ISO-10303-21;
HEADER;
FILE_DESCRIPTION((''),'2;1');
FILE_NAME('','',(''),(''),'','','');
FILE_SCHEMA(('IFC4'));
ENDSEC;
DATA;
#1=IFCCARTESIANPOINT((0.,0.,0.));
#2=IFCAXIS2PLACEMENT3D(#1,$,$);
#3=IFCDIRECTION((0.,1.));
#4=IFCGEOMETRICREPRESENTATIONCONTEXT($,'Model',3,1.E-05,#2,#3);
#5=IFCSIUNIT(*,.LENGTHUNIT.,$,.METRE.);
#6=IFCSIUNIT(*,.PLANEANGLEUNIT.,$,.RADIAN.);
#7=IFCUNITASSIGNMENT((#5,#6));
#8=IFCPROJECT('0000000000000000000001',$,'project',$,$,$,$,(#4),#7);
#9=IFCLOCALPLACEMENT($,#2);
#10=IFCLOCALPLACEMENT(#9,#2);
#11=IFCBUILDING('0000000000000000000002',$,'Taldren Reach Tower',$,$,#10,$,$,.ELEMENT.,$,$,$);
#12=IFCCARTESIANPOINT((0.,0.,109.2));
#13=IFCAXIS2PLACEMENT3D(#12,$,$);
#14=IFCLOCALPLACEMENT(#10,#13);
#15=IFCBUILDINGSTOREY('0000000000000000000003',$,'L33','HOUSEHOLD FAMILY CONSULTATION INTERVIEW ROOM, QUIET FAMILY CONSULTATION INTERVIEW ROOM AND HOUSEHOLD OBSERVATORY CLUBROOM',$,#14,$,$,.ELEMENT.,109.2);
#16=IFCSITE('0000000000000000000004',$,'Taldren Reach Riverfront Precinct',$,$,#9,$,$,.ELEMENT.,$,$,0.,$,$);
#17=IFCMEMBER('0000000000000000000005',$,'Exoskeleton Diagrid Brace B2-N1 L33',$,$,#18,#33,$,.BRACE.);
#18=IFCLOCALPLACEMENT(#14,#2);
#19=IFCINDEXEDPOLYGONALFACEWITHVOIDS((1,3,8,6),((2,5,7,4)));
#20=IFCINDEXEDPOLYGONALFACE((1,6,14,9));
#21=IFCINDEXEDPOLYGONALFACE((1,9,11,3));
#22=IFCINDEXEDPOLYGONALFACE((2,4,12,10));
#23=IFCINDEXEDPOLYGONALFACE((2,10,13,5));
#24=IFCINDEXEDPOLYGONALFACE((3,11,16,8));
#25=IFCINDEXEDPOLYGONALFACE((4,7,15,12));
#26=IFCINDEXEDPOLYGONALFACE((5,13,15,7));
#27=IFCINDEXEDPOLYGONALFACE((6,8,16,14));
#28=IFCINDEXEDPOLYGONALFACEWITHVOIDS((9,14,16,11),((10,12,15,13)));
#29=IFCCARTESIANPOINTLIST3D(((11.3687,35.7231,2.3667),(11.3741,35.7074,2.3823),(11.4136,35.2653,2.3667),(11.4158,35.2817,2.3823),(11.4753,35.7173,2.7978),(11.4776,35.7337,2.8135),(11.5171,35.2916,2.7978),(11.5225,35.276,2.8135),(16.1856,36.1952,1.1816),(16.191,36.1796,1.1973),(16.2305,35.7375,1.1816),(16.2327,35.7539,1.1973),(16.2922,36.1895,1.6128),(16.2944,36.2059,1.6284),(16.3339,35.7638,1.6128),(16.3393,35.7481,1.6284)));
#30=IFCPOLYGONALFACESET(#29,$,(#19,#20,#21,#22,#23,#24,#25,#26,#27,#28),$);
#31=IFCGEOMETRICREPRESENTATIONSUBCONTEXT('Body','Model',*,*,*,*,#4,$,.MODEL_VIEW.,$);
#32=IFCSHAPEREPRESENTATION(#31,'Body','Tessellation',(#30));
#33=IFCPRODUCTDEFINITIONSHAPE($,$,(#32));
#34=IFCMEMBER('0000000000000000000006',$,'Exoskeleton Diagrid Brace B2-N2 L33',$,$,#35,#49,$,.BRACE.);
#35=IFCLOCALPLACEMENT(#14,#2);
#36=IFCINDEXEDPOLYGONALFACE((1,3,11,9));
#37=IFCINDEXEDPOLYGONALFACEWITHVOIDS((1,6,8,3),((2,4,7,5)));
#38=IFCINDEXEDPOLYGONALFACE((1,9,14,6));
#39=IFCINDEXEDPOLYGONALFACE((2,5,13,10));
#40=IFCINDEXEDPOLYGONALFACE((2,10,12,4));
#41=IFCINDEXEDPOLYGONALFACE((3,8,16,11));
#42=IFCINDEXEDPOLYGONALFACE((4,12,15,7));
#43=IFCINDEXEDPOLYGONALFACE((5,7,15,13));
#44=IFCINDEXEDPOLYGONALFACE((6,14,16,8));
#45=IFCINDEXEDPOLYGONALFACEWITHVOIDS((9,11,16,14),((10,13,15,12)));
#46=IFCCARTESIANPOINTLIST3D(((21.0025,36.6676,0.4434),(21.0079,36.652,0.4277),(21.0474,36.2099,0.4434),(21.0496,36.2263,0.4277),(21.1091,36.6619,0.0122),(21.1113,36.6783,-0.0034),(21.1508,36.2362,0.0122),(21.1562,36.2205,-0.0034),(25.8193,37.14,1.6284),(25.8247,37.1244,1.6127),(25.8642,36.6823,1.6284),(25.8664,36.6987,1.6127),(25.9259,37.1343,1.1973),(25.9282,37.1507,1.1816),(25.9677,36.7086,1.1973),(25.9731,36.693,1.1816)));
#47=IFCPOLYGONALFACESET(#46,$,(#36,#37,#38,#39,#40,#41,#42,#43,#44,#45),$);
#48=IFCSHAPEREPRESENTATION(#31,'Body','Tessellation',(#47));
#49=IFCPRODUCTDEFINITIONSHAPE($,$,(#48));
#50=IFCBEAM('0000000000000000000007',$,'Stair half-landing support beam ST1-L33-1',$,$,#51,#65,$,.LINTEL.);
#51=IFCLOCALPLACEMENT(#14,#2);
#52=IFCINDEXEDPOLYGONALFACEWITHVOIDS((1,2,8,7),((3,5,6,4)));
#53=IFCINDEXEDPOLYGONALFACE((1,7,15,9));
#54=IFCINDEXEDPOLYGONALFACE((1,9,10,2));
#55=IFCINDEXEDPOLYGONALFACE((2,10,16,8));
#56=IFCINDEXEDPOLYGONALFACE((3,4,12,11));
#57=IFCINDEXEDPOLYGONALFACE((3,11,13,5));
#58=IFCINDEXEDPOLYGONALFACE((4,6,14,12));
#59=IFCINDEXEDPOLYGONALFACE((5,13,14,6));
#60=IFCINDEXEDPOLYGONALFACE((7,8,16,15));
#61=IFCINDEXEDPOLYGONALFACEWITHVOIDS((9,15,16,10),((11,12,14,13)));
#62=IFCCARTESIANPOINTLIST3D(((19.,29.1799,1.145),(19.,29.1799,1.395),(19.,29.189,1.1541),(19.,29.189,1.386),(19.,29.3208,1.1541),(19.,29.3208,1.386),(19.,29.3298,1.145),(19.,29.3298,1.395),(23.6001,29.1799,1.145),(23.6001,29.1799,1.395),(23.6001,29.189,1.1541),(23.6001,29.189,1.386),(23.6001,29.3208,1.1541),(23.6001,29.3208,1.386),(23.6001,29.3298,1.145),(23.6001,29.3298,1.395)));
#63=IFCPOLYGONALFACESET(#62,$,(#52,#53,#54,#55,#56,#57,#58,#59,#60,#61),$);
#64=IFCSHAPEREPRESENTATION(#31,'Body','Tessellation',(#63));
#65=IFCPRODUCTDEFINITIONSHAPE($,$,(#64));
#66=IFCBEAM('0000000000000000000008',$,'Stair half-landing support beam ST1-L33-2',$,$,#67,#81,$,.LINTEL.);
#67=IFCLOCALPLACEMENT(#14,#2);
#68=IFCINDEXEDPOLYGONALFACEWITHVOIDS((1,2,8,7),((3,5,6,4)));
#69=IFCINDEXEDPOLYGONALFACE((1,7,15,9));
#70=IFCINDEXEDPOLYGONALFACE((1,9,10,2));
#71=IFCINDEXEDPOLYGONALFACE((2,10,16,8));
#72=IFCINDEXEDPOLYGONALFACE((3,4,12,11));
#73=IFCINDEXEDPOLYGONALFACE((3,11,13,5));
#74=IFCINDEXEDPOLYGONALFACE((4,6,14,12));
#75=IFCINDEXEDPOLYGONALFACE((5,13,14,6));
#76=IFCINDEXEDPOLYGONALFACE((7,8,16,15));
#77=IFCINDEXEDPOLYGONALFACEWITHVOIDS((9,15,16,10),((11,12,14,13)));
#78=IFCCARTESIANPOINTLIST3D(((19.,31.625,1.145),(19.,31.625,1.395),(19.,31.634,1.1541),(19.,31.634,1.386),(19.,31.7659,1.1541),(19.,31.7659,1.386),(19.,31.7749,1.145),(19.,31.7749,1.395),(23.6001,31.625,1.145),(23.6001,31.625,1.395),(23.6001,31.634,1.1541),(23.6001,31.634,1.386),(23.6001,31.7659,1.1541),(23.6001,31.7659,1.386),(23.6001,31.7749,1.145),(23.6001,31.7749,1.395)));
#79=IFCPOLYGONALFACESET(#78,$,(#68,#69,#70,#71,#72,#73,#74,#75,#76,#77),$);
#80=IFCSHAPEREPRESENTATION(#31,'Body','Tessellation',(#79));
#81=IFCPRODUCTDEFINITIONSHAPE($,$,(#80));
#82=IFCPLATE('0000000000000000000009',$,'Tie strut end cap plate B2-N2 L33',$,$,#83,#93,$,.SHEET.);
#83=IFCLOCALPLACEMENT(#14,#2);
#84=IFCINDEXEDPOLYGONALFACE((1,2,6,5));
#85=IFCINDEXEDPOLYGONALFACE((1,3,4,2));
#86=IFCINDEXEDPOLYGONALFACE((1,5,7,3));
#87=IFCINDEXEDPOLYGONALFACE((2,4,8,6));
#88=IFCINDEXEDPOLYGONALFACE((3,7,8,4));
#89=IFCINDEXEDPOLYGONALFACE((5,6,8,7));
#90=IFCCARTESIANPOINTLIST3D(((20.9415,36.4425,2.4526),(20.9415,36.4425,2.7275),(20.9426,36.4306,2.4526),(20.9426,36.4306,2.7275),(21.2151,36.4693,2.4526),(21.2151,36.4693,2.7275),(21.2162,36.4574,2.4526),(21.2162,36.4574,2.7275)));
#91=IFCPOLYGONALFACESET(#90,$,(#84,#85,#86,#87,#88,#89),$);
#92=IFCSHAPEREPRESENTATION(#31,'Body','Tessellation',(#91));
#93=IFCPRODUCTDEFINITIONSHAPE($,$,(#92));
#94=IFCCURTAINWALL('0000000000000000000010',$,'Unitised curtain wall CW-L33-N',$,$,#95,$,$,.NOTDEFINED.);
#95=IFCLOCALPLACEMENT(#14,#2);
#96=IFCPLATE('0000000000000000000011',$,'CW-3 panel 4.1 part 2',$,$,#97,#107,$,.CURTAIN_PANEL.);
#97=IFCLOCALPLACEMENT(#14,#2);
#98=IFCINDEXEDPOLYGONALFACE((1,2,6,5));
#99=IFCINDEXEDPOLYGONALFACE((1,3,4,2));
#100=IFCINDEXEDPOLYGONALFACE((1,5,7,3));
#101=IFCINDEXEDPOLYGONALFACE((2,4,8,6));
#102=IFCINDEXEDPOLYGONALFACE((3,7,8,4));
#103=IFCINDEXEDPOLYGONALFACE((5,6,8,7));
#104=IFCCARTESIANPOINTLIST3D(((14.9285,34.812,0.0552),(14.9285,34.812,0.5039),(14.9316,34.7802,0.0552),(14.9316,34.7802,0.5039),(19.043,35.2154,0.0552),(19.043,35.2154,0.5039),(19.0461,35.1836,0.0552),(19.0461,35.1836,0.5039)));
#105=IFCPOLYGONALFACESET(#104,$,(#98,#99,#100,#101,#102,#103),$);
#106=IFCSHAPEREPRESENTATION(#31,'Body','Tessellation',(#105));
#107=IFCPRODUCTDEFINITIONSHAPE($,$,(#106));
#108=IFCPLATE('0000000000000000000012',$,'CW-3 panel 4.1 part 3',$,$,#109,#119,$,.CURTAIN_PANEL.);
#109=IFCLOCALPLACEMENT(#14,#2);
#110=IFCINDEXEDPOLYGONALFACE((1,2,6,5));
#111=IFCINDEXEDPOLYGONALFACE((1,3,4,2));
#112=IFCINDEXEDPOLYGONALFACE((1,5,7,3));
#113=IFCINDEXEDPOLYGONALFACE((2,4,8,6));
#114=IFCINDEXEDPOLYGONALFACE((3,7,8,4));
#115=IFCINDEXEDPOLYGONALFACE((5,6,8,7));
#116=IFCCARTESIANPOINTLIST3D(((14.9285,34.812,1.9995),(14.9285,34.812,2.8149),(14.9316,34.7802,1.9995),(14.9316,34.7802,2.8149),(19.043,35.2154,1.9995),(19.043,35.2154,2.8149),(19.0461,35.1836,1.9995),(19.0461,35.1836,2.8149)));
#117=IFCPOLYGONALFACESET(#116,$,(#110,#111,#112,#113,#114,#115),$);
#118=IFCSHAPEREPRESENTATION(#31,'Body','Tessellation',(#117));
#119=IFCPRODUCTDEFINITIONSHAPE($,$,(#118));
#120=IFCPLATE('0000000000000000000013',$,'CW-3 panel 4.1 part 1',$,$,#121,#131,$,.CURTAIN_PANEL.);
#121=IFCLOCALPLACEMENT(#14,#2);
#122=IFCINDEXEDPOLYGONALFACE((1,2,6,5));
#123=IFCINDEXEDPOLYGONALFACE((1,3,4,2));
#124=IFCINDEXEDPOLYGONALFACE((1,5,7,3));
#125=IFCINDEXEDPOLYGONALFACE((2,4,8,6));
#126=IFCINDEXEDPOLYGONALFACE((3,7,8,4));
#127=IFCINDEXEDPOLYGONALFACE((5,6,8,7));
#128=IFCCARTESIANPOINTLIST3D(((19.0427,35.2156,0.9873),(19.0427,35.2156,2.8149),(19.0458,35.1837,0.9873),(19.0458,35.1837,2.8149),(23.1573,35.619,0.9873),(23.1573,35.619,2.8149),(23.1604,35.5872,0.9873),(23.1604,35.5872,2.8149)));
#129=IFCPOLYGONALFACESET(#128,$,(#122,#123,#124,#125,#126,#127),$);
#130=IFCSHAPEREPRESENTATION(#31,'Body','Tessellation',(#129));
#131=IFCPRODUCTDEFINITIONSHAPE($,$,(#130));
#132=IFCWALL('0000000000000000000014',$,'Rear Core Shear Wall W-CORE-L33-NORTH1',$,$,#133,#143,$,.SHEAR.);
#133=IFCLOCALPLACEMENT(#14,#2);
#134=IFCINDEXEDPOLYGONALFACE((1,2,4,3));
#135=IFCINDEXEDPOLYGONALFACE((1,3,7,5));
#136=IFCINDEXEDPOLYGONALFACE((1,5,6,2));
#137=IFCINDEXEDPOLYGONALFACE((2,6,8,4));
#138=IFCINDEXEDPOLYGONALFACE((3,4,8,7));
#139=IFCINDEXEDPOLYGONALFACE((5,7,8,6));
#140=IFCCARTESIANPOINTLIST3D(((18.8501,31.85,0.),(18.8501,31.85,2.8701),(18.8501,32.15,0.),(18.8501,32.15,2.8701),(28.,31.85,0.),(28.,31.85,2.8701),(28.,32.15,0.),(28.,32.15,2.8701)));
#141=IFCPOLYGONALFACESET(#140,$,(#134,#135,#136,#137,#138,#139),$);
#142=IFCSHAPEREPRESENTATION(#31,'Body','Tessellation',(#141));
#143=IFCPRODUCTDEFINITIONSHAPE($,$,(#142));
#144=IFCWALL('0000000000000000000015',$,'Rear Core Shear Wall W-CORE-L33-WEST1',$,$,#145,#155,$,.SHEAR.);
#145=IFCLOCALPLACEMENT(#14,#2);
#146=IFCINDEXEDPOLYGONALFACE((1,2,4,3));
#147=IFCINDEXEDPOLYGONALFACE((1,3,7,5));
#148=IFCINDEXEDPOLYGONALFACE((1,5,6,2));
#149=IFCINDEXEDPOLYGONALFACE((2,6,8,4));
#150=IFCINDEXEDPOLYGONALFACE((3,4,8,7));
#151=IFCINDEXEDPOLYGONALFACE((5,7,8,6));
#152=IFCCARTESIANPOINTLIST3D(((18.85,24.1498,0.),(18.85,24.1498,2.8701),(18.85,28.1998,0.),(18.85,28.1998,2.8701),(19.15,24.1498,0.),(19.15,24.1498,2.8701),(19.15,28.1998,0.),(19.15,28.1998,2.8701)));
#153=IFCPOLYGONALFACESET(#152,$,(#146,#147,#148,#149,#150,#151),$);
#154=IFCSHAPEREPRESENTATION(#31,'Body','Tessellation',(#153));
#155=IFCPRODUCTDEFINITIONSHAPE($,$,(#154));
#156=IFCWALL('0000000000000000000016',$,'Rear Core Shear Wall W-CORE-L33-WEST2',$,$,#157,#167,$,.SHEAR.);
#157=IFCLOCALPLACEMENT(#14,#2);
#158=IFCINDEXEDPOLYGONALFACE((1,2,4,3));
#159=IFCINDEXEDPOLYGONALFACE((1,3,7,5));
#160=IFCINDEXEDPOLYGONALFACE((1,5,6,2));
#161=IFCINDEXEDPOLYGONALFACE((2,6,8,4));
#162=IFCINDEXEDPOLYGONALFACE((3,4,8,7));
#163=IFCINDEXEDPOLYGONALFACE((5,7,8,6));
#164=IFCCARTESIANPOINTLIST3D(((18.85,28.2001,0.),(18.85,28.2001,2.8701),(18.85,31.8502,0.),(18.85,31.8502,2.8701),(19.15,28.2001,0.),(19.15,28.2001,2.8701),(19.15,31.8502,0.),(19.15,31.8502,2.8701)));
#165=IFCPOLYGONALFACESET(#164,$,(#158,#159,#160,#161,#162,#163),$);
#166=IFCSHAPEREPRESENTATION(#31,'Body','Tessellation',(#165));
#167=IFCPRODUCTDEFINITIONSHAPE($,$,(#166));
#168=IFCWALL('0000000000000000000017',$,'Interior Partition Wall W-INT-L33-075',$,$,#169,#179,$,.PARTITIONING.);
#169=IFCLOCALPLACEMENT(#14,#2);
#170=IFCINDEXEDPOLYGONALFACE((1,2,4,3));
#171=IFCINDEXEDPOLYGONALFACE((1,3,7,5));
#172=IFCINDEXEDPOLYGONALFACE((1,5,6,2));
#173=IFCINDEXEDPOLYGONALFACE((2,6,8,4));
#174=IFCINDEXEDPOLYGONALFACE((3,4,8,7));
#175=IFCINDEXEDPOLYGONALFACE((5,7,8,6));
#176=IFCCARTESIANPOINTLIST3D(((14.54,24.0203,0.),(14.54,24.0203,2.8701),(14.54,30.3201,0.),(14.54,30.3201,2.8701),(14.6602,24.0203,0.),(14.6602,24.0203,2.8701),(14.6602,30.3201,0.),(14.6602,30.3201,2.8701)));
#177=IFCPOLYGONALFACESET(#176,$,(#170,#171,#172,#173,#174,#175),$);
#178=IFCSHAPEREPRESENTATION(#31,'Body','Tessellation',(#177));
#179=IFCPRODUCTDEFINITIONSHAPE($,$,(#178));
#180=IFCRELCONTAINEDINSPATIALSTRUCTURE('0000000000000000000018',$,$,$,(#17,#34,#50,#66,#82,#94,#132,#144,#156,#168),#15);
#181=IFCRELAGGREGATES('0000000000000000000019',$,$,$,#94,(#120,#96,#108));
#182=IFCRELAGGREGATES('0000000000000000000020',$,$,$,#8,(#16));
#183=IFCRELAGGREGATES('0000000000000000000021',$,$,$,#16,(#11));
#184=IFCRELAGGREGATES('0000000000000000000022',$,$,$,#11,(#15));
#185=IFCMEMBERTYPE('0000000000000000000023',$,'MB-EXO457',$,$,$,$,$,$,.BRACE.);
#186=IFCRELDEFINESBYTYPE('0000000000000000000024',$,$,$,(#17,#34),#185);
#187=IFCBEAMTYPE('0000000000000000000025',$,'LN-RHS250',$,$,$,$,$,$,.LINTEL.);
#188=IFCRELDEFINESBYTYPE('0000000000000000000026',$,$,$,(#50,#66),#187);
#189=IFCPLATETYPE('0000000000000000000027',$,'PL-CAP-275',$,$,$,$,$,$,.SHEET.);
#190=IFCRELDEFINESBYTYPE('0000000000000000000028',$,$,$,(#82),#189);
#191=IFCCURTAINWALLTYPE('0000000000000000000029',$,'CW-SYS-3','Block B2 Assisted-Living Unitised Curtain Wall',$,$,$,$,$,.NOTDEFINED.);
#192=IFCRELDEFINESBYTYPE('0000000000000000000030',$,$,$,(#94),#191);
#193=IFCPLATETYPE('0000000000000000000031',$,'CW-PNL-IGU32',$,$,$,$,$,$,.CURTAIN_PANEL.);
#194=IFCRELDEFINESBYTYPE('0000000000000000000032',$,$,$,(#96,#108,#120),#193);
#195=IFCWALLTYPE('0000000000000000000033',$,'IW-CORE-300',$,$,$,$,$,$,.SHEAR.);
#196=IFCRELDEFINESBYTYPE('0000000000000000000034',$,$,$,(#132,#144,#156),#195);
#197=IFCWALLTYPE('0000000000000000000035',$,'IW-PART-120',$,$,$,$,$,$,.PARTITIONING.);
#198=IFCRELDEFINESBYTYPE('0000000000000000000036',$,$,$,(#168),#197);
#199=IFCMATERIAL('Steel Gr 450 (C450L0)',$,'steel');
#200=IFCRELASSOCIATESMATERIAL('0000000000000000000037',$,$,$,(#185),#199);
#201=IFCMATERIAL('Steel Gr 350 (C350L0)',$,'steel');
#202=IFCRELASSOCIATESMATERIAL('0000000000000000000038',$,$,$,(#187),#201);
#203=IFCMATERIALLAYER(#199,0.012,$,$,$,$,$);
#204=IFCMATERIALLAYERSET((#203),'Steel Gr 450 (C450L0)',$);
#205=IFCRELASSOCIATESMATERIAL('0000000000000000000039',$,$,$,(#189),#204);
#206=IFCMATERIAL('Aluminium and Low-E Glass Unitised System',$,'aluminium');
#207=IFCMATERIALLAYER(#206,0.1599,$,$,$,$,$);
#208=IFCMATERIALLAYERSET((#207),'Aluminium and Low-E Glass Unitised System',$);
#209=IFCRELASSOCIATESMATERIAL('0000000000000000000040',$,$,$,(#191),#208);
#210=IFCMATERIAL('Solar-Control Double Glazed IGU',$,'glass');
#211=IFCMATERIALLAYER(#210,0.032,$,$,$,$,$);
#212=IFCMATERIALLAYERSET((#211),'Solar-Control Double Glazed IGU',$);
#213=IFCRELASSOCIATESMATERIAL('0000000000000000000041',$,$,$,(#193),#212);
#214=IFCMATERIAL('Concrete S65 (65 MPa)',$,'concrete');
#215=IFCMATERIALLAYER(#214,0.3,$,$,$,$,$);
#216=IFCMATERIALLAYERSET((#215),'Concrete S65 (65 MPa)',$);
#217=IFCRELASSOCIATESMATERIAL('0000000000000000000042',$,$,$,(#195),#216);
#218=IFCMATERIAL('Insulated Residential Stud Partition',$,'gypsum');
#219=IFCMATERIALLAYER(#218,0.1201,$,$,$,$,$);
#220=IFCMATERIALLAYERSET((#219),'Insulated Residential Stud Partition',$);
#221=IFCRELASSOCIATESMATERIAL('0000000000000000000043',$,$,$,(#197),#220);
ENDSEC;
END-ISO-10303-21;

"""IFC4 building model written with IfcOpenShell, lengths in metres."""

from ifc_helpers import new_model, si_unit, direction, frame, frame_2d, origin, origin_2d, place, context, subcontext, project, spatial, rectangle, hollow_rectangle, extrude, source, transform, mapped, material, layer, layer_set, material_profile, profile_set, type_object, element, aggregate, save


model = new_model("IFC4")

# Units and contexts
model_context = context("Model", 3, precision=1e-05, world=origin(), true_north=direction((0.0, 1.0)))
body_context = subcontext(model_context, "Body", "Model", "MODEL_VIEW")
ifc_project = project(units=[si_unit("LENGTHUNIT", "METRE"), si_unit("PLANEANGLEUNIT", "RADIAN")], contexts=[model_context])

# Site, building, storey
site_placement = place(None, origin())
site = spatial("IfcSite", under=ifc_project, at=site_placement, Name="Taldren Reach Riverfront Precinct", CompositionType="ELEMENT", RefElevation=0.0)
building_placement = place(site_placement, origin())
building = spatial("IfcBuilding", under=site, at=building_placement, Name="Taldren Reach Tower", CompositionType="ELEMENT")
storey_placement = place(building_placement, frame((0.0, 0.0, 109.2)))
storey = spatial("IfcBuildingStorey", under=building, at=storey_placement, Name="L33", Description="HOUSEHOLD FAMILY CONSULTATION INTERVIEW ROOM, QUIET FAMILY CONSULTATION INTERVIEW ROOM AND HOUSEHOLD OBSERVATORY CLUBROOM", CompositionType="ELEMENT", Elevation=109.2)

# Shared definitions
ifc_material_1 = material(Name="Concrete S65 (65 MPa)", Category="concrete")

# Members
ifc_material_2 = material(Name="Steel Gr 350 (C350L0)", Category="steel")
ifc_material_3 = material(Name="Steel Gr 450 (C450L0)", Category="steel")
ifc_material_profile_1 = material_profile(ifc_material_3, hollow_rectangle(XDim=0.46, YDim=0.46, WallThickness=0.0161, at=origin_2d()), Name="460x460x16.0SHS")
ifc_profile_set_1 = profile_set([ifc_material_profile_1], Name="Steel Gr 450 (C450L0)")
member_type_1 = type_object("IfcMemberType", Name="MB-EXO457", PredefinedType="BRACE", material=ifc_profile_set_1)
shared_shape_1 = source(origin(), body_context, "Body", "SweptSolid", [
    extrude(hollow_rectangle(XDim=0.46, YDim=0.46, WallThickness=0.0161, at=origin_2d()), origin(), (0.0, 0.0, 1.0), 4.9829),
])
for number, where, z_axis, x_axis, name in (
    (1, (16.2625, 35.9717, 1.405), (-0.966675, -0.094757, 0.237823), (0.097556, -0.99523, 0.0), "Exoskeleton Diagrid Brace B2-N1 L33"),
    (2, (21.0793, 36.4441, 0.22), (0.966671, 0.094805, 0.237822), (-0.097606, 0.995225, 0.0), "Exoskeleton Diagrid Brace B2-N2 L33"),
):
    element("IfcMember", number, at=place(storey_placement, frame(where, z_axis=z_axis, x_axis=x_axis)), inside=storey, type_object=member_type_1, Name=name, PredefinedType="BRACE", context=body_context, shape_type="MappedRepresentation", body=[
        mapped(shared_shape_1, transform((0.0, 0.0, 0.0), scale=1.0)),
    ])

# Beams
ifc_material_profile_2 = material_profile(ifc_material_2, hollow_rectangle(XDim=0.1499, YDim=0.25, WallThickness=0.009, at=origin_2d()), Name="250x150x9.0RHS")
ifc_profile_set_2 = profile_set([ifc_material_profile_2], Name="Steel Gr 350 (C350L0)")
beam_type_1 = type_object("IfcBeamType", Name="LN-RHS250", PredefinedType="LINTEL", material=ifc_profile_set_2)
shared_shape_2 = source(origin(), body_context, "Body", "SweptSolid", [
    extrude(hollow_rectangle(XDim=0.1499, YDim=0.25, WallThickness=0.009, at=origin_2d()), origin(), (0.0, 0.0, 1.0), 4.6001),
])
for number, where, z_axis, x_axis, name in (
    (3, (19.0, 29.2549, 1.27), (1.0, 0.0, 0.0), (0.0, 1.0, 0.0), "Stair half-landing support beam ST1-L33-1"),
    (4, (19.0, 31.7, 1.27), (1.0, 0.0, 0.0), (0.0, 1.0, 0.0), "Stair half-landing support beam ST1-L33-2"),
):
    element("IfcBeam", number, at=place(storey_placement, frame(where, z_axis=z_axis, x_axis=x_axis)), inside=storey, type_object=beam_type_1, Name=name, PredefinedType="LINTEL", context=body_context, shape_type="MappedRepresentation", body=[
        mapped(shared_shape_2, transform((0.0, 0.0, 0.0), scale=1.0)),
    ])

# Plate
ifc_layer_1 = layer(ifc_material_3, 0.012)
ifc_layer_set_1 = layer_set([ifc_layer_1], Name="Steel Gr 450 (C450L0)")
plate_type_1 = type_object("IfcPlateType", Name="PL-CAP-275", PredefinedType="SHEET", material=ifc_layer_set_1)
shared_shape_3 = source(origin(), body_context, "Body", "SweptSolid", [
    extrude(rectangle(XDim=0.2749, YDim=0.012, at=origin_2d()), origin(), (0.0, 0.0, 1.0), 0.2749),
])
plate_1_placement = place(storey_placement, frame((21.0789, 36.45, 2.4526), z_axis=(0.0, 0.0, 1.0), x_axis=(0.995227, 0.097583, 0.0)))
element("IfcPlate", 5, at=plate_1_placement, inside=storey, type_object=plate_type_1, Name="Tie strut end cap plate B2-N2 L33", PredefinedType="SHEET", context=body_context, shape_type="MappedRepresentation", body=[
    mapped(shared_shape_3, transform((0.0, 0.0, 0.0), scale=1.0)),
])

# Curtain wall, plates
ifc_material_4 = material(Name="Aluminium and Low-E Glass Unitised System", Category="aluminium")
ifc_layer_2 = layer(ifc_material_4, 0.1599)
ifc_layer_set_2 = layer_set([ifc_layer_2], Name="Aluminium and Low-E Glass Unitised System")
curtain_wall_type = type_object("IfcCurtainWallType", Name="CW-SYS-3", Description="Block B2 Assisted-Living Unitised Curtain Wall", PredefinedType="NOTDEFINED", material=ifc_layer_set_2)
curtain_wall_placement = place(storey_placement, origin())
curtain_wall = element("IfcCurtainWall", 6, at=curtain_wall_placement, inside=storey, type_object=curtain_wall_type, Name="Unitised curtain wall CW-L33-N", PredefinedType="NOTDEFINED")
ifc_material_5 = material(Name="Solar-Control Double Glazed IGU", Category="glass")
ifc_layer_3 = layer(ifc_material_5, 0.032)
ifc_layer_set_3 = layer_set([ifc_layer_3], Name="Solar-Control Double Glazed IGU")
plate_type_2 = type_object("IfcPlateType", Name="CW-PNL-IGU32", PredefinedType="CURTAIN_PANEL", material=ifc_layer_set_3)
shared_shape_4 = source(origin(), body_context, "Body", "SweptSolid", [
    extrude(rectangle(XDim=4.1343, YDim=0.032, at=origin_2d()), origin(), (0.0, 0.0, 1.0), 0.4487),
])
plate_2_placement = place(storey_placement, frame((16.9873, 34.9978, 0.0552), z_axis=(0.0, 0.0, 1.0), x_axis=(-0.995227, -0.097583, 0.0)))
plate_2 = element("IfcPlate", 7, at=plate_2_placement, type_object=plate_type_2, Name="CW-3 panel 4.1 part 2", PredefinedType="CURTAIN_PANEL", context=body_context, shape_type="MappedRepresentation", body=[
    mapped(shared_shape_4, transform((0.0, 0.0, 0.0), scale=1.0)),
])
shared_shape_5 = source(origin(), body_context, "Body", "SweptSolid", [
    extrude(rectangle(XDim=4.1343, YDim=0.032, at=origin_2d()), origin(), (0.0, 0.0, 1.0), 0.8154),
])
plate_3_placement = place(storey_placement, frame((16.9873, 34.9978, 1.9995), z_axis=(0.0, 0.0, 1.0), x_axis=(-0.995227, -0.097583, 0.0)))
plate_3 = element("IfcPlate", 8, at=plate_3_placement, type_object=plate_type_2, Name="CW-3 panel 4.1 part 3", PredefinedType="CURTAIN_PANEL", context=body_context, shape_type="MappedRepresentation", body=[
    mapped(shared_shape_5, transform((0.0, 0.0, 0.0), scale=1.0)),
])
shared_shape_6 = source(origin(), body_context, "Body", "SweptSolid", [
    extrude(rectangle(XDim=4.1343, YDim=0.032, at=origin_2d()), origin(), (0.0, 0.0, 1.0), 1.8276),
])
plate_4_placement = place(storey_placement, frame((21.1016, 35.4014, 0.9873), z_axis=(0.0, 0.0, 1.0), x_axis=(-0.995227, -0.097583, 0.0)))
plate_4 = element("IfcPlate", 9, at=plate_4_placement, type_object=plate_type_2, Name="CW-3 panel 4.1 part 1", PredefinedType="CURTAIN_PANEL", context=body_context, shape_type="MappedRepresentation", body=[
    mapped(shared_shape_6, transform((0.0, 0.0, 0.0), scale=1.0)),
])
aggregate(curtain_wall, [plate_4, plate_2, plate_3])

# Walls
ifc_layer_4 = layer(ifc_material_1, 0.3)
ifc_layer_set_4 = layer_set([ifc_layer_4], Name="Concrete S65 (65 MPa)")
wall_type_1 = type_object("IfcWallType", Name="IW-CORE-300", PredefinedType="SHEAR", material=ifc_layer_set_4)
shared_shape_7 = source(origin(), body_context, "Body", "SweptSolid", [
    extrude(rectangle(XDim=9.1499, YDim=0.3, at=frame_2d((4.575, 0.0))), origin(), (0.0, 0.0, 1.0), 2.8701),
])
wall_1_placement = place(storey_placement, frame((18.8501, 32.0, 0.0), z_axis=(0.0, 0.0, 1.0), x_axis=(1.0, 0.0, 0.0)))
element("IfcWall", 10, at=wall_1_placement, inside=storey, type_object=wall_type_1, Name="Rear Core Shear Wall W-CORE-L33-NORTH1", PredefinedType="SHEAR", context=body_context, shape_type="MappedRepresentation", body=[
    mapped(shared_shape_7, transform((0.0, 0.0, 0.0), scale=1.0)),
])
shared_shape_8 = source(origin(), body_context, "Body", "SweptSolid", [
    extrude(rectangle(XDim=4.05, YDim=0.3, at=frame_2d((2.0249, 0.0))), origin(), (0.0, 0.0, 1.0), 2.8701),
])
wall_2_placement = place(storey_placement, frame((19.0, 24.1499, 0.0), z_axis=(0.0, 0.0, 1.0), x_axis=(0.0, 1.0, 0.0)))
element("IfcWall", 11, at=wall_2_placement, inside=storey, type_object=wall_type_1, Name="Rear Core Shear Wall W-CORE-L33-WEST1", PredefinedType="SHEAR", context=body_context, shape_type="MappedRepresentation", body=[
    mapped(shared_shape_8, transform((0.0, 0.0, 0.0), scale=1.0)),
])
shared_shape_9 = source(origin(), body_context, "Body", "SweptSolid", [
    extrude(rectangle(XDim=3.6501, YDim=0.3, at=frame_2d((1.8252, 0.0))), origin(), (0.0, 0.0, 1.0), 2.8701),
])
wall_3_placement = place(storey_placement, frame((19.0, 28.2, 0.0), z_axis=(0.0, 0.0, 1.0), x_axis=(0.0, 1.0, 0.0)))
element("IfcWall", 12, at=wall_3_placement, inside=storey, type_object=wall_type_1, Name="Rear Core Shear Wall W-CORE-L33-WEST2", PredefinedType="SHEAR", context=body_context, shape_type="MappedRepresentation", body=[
    mapped(shared_shape_9, transform((0.0, 0.0, 0.0), scale=1.0)),
])
ifc_material_6 = material(Name="Insulated Residential Stud Partition", Category="gypsum")
ifc_layer_5 = layer(ifc_material_6, 0.1201)
ifc_layer_set_5 = layer_set([ifc_layer_5], Name="Insulated Residential Stud Partition")
wall_type_2 = type_object("IfcWallType", Name="IW-PART-120", PredefinedType="PARTITIONING", material=ifc_layer_set_5)
shared_shape_10 = source(origin(), body_context, "Body", "SweptSolid", [
    extrude(rectangle(XDim=6.2998, YDim=0.1201, at=frame_2d((3.1499, 0.0))), origin(), (0.0, 0.0, 1.0), 2.8701),
])
wall_4_placement = place(storey_placement, frame((14.6001, 30.3201, 0.0), z_axis=(0.0, 0.0, 1.0), x_axis=(0.0, -1.0, 0.0)))
element("IfcWall", 13, at=wall_4_placement, inside=storey, type_object=wall_type_2, Name="Interior Partition Wall W-INT-L33-075", PredefinedType="PARTITIONING", context=body_context, shape_type="MappedRepresentation", body=[
    mapped(shared_shape_10, transform((0.0, 0.0, 0.0), scale=1.0)),
])

save(model, "model.ifc")
